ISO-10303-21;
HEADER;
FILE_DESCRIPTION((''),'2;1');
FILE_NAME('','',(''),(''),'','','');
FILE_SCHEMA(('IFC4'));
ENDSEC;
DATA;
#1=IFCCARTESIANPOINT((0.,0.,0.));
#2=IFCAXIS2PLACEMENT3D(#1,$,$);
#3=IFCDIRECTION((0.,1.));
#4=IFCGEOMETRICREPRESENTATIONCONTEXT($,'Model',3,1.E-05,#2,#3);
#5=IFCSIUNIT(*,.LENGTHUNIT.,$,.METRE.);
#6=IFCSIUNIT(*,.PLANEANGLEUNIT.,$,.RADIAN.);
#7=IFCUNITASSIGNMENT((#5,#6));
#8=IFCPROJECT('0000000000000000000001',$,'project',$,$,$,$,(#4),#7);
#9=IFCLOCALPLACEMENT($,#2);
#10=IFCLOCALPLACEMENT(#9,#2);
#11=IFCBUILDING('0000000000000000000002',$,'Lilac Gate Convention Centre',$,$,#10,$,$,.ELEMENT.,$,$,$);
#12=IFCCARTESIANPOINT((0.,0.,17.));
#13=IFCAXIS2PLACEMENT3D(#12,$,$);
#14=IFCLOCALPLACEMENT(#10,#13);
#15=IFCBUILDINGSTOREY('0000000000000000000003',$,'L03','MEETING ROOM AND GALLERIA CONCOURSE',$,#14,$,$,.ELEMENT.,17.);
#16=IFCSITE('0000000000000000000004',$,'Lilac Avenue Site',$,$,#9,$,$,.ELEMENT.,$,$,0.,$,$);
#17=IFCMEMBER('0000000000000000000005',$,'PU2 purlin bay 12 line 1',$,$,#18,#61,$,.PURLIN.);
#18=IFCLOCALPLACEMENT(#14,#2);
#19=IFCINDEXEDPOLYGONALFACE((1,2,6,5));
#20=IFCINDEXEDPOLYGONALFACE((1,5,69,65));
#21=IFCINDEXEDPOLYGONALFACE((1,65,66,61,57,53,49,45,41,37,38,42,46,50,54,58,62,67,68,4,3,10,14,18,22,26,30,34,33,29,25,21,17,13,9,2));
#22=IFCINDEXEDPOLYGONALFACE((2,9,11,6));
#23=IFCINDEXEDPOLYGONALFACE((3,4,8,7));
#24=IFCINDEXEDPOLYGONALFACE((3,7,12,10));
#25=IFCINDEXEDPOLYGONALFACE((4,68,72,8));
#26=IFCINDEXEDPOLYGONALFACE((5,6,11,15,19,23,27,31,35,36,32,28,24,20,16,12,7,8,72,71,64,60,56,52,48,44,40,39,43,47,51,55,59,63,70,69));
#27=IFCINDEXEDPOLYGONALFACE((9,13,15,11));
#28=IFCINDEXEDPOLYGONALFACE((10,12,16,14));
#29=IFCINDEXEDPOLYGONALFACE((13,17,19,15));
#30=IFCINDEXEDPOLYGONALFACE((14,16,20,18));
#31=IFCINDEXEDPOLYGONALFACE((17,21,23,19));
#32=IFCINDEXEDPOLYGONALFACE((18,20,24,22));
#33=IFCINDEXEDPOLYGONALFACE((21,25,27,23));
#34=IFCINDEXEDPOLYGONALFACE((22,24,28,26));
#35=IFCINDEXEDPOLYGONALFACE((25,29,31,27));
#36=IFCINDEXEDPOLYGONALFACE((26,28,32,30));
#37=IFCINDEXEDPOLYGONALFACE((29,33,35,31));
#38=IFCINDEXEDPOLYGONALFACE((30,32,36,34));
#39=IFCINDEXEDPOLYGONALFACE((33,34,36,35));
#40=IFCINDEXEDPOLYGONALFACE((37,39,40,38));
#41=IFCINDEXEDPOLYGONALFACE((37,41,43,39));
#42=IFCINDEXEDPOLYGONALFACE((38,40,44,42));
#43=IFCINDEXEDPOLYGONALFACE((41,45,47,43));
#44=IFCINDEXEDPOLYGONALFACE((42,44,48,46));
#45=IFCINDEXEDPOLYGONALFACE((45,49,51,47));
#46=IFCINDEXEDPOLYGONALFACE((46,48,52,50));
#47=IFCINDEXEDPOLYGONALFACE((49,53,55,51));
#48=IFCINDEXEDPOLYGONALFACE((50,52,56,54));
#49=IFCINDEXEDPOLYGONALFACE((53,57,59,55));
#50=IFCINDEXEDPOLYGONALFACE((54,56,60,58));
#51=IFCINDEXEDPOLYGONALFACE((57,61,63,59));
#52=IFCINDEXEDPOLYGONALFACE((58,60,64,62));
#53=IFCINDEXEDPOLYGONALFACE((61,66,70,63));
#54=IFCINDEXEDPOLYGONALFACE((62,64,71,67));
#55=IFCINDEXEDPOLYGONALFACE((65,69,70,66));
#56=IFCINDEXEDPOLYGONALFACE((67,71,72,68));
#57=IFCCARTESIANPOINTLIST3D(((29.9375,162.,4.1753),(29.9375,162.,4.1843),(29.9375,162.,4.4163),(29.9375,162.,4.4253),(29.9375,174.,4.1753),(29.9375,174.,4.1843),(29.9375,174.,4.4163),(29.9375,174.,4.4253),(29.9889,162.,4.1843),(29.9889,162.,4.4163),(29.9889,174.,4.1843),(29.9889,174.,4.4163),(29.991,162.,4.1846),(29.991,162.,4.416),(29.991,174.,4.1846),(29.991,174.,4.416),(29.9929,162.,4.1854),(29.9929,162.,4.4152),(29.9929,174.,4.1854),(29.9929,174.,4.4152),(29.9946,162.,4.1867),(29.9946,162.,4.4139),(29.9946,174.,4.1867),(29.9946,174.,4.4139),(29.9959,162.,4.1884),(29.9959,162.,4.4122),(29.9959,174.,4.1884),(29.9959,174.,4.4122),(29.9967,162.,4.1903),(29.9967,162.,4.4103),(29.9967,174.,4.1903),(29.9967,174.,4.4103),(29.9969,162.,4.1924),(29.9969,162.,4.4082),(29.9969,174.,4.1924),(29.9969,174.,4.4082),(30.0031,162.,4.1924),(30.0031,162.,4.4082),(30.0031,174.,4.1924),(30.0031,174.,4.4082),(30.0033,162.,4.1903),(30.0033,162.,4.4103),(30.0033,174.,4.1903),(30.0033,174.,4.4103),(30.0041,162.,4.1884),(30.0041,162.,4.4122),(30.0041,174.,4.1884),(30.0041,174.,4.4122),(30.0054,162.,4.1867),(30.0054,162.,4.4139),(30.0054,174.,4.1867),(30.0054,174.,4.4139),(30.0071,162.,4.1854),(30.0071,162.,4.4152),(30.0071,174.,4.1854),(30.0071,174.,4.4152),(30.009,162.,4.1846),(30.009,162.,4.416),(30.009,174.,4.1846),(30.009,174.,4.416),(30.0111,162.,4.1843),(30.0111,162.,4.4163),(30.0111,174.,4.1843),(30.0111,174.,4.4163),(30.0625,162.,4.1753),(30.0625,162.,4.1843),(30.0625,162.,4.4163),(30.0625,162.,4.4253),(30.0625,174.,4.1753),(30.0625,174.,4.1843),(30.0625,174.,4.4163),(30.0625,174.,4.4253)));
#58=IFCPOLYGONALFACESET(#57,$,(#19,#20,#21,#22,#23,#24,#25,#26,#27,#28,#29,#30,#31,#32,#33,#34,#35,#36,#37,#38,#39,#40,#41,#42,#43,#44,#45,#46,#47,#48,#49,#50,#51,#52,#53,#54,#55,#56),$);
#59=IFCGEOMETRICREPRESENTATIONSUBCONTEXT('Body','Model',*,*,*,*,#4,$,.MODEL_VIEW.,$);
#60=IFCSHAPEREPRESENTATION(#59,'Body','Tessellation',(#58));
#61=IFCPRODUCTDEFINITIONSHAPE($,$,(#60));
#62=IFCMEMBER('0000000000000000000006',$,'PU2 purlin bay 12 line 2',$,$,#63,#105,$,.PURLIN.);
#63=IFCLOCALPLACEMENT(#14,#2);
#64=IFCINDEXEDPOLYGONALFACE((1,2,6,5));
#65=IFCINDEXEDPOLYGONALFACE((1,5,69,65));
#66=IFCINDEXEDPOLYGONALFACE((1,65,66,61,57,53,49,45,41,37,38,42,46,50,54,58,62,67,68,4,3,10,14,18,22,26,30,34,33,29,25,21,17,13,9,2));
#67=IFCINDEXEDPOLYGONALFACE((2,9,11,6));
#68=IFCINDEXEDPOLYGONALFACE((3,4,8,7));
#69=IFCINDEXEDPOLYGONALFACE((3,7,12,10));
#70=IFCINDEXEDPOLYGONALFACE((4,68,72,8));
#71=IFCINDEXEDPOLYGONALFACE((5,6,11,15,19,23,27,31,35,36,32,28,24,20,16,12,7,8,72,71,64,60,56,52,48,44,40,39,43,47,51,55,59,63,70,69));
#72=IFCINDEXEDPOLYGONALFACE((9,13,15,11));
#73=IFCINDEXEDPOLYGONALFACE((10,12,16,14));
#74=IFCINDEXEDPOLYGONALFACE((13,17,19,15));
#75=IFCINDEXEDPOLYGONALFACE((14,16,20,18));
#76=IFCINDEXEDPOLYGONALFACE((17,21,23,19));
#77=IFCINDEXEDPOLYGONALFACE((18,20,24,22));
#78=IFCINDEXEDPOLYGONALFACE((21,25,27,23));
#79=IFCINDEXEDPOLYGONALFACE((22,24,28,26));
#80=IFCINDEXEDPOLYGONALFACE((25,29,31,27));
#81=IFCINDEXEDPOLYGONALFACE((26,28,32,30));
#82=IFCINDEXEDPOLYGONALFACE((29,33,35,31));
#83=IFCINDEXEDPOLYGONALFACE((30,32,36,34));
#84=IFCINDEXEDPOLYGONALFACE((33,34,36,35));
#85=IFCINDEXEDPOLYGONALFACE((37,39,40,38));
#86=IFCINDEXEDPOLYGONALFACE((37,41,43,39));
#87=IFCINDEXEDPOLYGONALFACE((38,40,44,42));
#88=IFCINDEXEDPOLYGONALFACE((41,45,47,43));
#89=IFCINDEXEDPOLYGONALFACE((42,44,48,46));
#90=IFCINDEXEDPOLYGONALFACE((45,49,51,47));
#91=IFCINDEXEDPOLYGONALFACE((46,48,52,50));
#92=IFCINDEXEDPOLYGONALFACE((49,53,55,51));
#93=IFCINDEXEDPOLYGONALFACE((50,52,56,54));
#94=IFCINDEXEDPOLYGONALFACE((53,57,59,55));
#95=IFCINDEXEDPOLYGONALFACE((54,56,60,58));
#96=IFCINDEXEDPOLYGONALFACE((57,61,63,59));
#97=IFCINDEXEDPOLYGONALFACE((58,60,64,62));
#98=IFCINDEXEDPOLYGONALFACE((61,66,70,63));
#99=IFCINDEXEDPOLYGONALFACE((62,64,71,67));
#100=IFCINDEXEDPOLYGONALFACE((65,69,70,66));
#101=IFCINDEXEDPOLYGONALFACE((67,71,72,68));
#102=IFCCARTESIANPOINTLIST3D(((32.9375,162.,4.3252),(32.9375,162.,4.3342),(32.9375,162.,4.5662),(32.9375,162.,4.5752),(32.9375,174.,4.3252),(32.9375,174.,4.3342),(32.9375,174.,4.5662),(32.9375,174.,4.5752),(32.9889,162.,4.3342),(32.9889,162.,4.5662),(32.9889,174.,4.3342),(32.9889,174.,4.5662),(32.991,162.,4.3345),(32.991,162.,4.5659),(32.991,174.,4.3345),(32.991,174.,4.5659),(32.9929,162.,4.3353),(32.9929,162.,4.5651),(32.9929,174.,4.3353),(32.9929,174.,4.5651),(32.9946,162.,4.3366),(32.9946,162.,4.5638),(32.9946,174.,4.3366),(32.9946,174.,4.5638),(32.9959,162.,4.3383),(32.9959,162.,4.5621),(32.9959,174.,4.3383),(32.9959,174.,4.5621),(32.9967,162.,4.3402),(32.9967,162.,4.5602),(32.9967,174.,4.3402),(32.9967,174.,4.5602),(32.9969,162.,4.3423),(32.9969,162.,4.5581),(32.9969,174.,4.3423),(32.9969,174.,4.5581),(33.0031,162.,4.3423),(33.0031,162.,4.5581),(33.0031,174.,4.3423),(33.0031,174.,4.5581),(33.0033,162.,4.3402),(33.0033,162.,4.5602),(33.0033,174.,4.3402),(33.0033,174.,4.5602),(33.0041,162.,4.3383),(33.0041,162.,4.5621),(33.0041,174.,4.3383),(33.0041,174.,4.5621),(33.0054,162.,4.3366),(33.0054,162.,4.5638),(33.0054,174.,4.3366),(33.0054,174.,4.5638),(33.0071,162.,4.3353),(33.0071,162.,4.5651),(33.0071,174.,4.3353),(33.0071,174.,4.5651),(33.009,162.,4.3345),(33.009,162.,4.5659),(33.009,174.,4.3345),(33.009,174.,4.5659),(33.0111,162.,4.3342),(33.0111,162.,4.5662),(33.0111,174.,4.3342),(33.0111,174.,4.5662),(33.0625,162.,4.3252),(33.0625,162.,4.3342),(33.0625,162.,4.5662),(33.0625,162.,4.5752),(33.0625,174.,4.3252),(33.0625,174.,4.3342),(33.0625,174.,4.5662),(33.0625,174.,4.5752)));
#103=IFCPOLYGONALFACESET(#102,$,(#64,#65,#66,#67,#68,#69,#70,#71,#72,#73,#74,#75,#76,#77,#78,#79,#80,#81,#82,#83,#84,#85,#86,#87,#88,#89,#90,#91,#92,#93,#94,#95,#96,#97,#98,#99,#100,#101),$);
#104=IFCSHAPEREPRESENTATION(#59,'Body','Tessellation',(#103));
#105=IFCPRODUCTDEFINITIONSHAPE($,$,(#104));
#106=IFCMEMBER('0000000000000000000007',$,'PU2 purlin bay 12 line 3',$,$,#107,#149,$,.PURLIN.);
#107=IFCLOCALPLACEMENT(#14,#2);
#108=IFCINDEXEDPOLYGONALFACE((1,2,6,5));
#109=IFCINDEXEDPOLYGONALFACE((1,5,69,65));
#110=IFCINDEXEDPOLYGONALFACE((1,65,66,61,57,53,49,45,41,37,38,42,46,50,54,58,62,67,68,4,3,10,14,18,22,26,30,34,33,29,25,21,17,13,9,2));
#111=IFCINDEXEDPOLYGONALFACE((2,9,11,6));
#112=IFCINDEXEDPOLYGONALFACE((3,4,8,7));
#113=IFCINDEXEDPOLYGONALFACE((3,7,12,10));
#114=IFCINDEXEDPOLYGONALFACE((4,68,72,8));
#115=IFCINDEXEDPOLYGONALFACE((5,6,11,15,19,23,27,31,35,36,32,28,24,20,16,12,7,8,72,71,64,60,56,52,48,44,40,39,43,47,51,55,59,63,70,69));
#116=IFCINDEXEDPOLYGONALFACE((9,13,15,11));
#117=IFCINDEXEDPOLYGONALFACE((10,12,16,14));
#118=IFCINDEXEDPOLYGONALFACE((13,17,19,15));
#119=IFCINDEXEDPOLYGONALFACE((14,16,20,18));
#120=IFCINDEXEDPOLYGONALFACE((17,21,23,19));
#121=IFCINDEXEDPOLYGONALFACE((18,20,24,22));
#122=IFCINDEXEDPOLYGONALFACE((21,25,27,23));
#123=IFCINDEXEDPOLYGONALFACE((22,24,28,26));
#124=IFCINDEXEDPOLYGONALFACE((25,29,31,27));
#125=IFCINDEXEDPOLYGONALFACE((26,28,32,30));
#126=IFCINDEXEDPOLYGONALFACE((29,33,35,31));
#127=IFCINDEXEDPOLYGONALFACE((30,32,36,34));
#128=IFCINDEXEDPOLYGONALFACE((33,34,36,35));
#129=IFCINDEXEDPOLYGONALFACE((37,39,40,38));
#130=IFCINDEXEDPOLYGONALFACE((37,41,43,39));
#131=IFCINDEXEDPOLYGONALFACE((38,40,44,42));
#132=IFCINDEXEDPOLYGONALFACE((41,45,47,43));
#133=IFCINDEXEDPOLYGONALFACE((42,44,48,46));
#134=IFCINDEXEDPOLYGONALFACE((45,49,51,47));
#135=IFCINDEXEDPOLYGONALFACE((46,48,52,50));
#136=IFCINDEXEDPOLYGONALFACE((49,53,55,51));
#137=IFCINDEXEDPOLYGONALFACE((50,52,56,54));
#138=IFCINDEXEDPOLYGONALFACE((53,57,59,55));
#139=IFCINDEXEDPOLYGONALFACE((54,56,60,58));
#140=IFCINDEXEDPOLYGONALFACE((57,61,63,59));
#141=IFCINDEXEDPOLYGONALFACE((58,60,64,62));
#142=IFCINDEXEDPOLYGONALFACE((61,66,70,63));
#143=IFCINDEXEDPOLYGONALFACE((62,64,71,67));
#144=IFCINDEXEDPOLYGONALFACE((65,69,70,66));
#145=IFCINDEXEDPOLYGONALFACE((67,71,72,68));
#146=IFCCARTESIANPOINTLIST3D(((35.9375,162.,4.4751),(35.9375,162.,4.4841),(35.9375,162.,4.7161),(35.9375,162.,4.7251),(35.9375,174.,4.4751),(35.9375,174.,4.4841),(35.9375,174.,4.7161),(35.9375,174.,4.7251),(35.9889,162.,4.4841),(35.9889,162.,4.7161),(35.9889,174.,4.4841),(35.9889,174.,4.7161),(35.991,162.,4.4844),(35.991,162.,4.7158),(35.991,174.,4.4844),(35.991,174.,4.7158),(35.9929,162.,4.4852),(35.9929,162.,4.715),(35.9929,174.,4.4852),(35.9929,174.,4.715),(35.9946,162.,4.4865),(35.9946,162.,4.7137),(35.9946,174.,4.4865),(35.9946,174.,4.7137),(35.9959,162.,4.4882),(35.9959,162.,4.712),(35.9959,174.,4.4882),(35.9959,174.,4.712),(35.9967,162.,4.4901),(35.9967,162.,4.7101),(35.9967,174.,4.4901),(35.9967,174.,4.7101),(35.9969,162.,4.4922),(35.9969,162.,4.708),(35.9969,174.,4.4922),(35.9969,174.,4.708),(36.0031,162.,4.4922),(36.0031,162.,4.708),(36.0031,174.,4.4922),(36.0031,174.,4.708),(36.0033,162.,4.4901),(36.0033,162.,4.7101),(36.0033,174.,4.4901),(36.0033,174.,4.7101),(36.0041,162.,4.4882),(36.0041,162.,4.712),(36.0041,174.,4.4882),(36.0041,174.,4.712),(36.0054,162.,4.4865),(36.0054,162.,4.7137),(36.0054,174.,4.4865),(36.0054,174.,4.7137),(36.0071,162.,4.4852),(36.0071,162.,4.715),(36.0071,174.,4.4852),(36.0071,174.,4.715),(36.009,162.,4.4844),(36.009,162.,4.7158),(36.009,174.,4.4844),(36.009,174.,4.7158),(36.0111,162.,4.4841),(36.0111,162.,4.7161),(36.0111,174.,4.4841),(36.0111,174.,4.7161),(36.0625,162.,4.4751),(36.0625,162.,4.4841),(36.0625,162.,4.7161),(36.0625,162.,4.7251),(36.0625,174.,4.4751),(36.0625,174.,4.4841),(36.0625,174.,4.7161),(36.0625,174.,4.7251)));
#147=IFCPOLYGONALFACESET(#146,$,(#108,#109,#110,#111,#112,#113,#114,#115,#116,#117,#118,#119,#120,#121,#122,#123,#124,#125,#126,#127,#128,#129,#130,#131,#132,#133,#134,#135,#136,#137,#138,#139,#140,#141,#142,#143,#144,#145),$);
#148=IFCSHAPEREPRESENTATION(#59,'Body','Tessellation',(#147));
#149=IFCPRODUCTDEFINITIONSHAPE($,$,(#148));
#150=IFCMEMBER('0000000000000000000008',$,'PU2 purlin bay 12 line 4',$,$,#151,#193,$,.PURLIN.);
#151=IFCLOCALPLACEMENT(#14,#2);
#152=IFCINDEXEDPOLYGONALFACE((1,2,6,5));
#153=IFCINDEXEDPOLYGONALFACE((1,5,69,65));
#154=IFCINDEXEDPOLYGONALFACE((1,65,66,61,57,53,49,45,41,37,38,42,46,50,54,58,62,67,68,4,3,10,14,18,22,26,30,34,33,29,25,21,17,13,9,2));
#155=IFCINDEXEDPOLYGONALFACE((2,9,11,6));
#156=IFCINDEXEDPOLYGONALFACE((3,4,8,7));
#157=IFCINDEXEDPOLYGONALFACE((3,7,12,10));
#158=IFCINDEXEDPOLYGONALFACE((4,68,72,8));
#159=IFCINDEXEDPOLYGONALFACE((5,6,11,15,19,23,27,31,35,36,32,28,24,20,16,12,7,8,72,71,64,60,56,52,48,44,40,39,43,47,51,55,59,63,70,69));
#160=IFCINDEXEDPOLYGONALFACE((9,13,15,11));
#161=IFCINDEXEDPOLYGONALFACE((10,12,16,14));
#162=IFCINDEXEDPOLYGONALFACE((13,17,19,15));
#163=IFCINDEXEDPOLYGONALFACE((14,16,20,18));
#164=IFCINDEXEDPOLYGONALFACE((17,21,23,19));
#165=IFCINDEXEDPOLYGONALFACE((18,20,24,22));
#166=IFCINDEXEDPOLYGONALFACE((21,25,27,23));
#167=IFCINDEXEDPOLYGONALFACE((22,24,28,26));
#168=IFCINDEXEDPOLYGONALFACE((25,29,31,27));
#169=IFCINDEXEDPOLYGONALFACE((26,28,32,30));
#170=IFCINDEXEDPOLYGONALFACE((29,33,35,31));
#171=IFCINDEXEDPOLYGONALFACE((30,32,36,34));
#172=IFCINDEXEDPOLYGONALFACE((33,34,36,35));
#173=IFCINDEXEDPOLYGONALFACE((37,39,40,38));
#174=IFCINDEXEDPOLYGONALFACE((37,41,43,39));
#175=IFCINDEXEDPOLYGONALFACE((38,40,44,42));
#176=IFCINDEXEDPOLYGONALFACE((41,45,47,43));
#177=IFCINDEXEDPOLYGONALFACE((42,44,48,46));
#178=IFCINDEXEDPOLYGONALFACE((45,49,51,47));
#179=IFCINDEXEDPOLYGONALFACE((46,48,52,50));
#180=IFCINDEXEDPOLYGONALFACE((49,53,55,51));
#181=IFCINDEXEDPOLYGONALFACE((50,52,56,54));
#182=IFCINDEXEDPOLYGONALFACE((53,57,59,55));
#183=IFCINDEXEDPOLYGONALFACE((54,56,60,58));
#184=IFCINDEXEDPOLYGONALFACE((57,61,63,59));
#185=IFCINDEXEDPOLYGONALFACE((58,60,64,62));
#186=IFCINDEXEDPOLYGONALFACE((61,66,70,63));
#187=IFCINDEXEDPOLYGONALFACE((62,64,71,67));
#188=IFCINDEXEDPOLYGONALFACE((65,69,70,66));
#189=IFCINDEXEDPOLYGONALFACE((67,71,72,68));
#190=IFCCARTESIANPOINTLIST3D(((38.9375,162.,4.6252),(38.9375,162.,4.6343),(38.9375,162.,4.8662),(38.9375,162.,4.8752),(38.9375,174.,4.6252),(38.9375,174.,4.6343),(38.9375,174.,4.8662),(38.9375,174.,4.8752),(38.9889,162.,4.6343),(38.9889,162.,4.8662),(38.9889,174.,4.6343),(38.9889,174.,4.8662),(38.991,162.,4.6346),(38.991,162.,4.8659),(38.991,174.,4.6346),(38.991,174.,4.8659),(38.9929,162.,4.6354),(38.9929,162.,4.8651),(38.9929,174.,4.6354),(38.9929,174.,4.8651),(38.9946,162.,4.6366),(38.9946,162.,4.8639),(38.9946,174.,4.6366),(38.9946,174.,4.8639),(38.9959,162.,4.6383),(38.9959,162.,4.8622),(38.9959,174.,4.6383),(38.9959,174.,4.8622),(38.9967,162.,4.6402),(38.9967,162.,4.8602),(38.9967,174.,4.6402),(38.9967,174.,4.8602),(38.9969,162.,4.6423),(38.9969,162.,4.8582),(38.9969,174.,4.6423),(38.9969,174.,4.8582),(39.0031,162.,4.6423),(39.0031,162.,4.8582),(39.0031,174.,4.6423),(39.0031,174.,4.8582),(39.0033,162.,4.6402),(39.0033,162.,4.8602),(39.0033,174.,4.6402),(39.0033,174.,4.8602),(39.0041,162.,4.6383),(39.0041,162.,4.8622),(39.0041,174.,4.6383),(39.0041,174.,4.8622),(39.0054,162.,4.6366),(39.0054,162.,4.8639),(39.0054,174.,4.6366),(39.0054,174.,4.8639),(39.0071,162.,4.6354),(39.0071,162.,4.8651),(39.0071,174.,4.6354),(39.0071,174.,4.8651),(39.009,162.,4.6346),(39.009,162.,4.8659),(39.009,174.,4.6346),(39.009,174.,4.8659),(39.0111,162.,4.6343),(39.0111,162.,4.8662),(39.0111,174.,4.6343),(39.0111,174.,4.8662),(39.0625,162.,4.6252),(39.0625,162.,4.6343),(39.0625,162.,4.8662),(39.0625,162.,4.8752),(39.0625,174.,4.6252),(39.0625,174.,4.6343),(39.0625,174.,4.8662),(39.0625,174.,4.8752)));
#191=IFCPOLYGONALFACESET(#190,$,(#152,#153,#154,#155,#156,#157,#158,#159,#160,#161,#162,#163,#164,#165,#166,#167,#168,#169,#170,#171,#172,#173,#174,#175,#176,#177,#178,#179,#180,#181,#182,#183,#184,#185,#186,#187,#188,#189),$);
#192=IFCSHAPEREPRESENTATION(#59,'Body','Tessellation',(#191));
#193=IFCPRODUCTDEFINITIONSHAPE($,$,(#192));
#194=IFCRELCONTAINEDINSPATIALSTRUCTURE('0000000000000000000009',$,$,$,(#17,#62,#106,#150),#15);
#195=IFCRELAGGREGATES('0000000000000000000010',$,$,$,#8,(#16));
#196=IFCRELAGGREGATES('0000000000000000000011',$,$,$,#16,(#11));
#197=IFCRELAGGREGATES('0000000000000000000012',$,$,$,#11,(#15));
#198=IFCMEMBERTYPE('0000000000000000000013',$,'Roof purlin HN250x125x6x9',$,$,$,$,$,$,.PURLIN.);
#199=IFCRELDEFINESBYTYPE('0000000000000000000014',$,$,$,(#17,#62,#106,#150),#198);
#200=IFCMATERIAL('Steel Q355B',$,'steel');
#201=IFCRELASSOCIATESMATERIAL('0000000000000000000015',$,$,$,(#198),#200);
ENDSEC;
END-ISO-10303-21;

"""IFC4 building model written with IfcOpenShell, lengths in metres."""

from ifc_helpers import new_model, si_unit, direction, frame, origin, origin_2d, place, context, subcontext, project, spatial, i_section, extrude, material, material_profile, profile_set, type_object, element, save


model = new_model("IFC4")

# Units and contexts
model_context = context("Model", 3, precision=1e-05, world=origin(), true_north=direction((0.0, 1.0)))
body_context = subcontext(model_context, "Body", "Model", "MODEL_VIEW")
ifc_project = project(units=[si_unit("LENGTHUNIT", "METRE"), si_unit("PLANEANGLEUNIT", "RADIAN")], contexts=[model_context])

# Site, building, storey
site_placement = place(None, origin())
site = spatial("IfcSite", under=ifc_project, at=site_placement, Name="Lilac Avenue Site", CompositionType="ELEMENT", RefElevation=0.0)
building_placement = place(site_placement, origin())
building = spatial("IfcBuilding", under=site, at=building_placement, Name="Lilac Gate Convention Centre", CompositionType="ELEMENT")
storey_placement = place(building_placement, frame((0.0, 0.0, 17.0)))
storey = spatial("IfcBuildingStorey", under=building, at=storey_placement, Name="L03", Description="MEETING ROOM AND GALLERIA CONCOURSE", CompositionType="ELEMENT", Elevation=17.0)

# Shared definitions
ifc_material = material(Name="Steel Q355B", Category="steel")

# Members
ifc_material_profile_1 = material_profile(ifc_material, i_section(OverallWidth=0.125, OverallDepth=0.25, WebThickness=0.0061, FlangeThickness=0.009, FilletRadius=0.0081, at=origin_2d()), Name="HN250x125x6x9")
ifc_profile_set_1 = profile_set([ifc_material_profile_1], Name="Steel Q355B")
member_type_1 = type_object("IfcMemberType", Name="Roof purlin HN250x125x6x9", PredefinedType="PURLIN", material=ifc_profile_set_1)
for number, where, z_axis, x_axis, name in (
    (1, (30.0, 162.0, 4.3003), (0.0, 1.0, 0.0), (-1.0, 0.0, 0.0), "PU2 purlin bay 12 line 1"),
    (2, (33.0, 162.0, 4.4502), (0.0, 1.0, 0.0), (-1.0, 0.0, 0.0), "PU2 purlin bay 12 line 2"),
    (3, (36.0, 162.0, 4.6001), (0.0, 1.0, 0.0), (-1.0, 0.0, 0.0), "PU2 purlin bay 12 line 3"),
    (4, (39.0, 162.0, 4.7502), (0.0, 1.0, 0.0), (-1.0, 0.0, 0.0), "PU2 purlin bay 12 line 4"),
):
    element("IfcMember", number, at=place(storey_placement, frame(where, z_axis=z_axis, x_axis=x_axis)), inside=storey, type_object=member_type_1, Name=name, PredefinedType="PURLIN", context=body_context, shape_type="SweptSolid", body=[
        extrude(i_section(OverallWidth=0.125, OverallDepth=0.25, WebThickness=0.0061, FlangeThickness=0.009, FilletRadius=0.0081, at=origin_2d()), origin(), (0.0, 0.0, 1.0), 12.0),
    ])

save(model, "model.ifc")
